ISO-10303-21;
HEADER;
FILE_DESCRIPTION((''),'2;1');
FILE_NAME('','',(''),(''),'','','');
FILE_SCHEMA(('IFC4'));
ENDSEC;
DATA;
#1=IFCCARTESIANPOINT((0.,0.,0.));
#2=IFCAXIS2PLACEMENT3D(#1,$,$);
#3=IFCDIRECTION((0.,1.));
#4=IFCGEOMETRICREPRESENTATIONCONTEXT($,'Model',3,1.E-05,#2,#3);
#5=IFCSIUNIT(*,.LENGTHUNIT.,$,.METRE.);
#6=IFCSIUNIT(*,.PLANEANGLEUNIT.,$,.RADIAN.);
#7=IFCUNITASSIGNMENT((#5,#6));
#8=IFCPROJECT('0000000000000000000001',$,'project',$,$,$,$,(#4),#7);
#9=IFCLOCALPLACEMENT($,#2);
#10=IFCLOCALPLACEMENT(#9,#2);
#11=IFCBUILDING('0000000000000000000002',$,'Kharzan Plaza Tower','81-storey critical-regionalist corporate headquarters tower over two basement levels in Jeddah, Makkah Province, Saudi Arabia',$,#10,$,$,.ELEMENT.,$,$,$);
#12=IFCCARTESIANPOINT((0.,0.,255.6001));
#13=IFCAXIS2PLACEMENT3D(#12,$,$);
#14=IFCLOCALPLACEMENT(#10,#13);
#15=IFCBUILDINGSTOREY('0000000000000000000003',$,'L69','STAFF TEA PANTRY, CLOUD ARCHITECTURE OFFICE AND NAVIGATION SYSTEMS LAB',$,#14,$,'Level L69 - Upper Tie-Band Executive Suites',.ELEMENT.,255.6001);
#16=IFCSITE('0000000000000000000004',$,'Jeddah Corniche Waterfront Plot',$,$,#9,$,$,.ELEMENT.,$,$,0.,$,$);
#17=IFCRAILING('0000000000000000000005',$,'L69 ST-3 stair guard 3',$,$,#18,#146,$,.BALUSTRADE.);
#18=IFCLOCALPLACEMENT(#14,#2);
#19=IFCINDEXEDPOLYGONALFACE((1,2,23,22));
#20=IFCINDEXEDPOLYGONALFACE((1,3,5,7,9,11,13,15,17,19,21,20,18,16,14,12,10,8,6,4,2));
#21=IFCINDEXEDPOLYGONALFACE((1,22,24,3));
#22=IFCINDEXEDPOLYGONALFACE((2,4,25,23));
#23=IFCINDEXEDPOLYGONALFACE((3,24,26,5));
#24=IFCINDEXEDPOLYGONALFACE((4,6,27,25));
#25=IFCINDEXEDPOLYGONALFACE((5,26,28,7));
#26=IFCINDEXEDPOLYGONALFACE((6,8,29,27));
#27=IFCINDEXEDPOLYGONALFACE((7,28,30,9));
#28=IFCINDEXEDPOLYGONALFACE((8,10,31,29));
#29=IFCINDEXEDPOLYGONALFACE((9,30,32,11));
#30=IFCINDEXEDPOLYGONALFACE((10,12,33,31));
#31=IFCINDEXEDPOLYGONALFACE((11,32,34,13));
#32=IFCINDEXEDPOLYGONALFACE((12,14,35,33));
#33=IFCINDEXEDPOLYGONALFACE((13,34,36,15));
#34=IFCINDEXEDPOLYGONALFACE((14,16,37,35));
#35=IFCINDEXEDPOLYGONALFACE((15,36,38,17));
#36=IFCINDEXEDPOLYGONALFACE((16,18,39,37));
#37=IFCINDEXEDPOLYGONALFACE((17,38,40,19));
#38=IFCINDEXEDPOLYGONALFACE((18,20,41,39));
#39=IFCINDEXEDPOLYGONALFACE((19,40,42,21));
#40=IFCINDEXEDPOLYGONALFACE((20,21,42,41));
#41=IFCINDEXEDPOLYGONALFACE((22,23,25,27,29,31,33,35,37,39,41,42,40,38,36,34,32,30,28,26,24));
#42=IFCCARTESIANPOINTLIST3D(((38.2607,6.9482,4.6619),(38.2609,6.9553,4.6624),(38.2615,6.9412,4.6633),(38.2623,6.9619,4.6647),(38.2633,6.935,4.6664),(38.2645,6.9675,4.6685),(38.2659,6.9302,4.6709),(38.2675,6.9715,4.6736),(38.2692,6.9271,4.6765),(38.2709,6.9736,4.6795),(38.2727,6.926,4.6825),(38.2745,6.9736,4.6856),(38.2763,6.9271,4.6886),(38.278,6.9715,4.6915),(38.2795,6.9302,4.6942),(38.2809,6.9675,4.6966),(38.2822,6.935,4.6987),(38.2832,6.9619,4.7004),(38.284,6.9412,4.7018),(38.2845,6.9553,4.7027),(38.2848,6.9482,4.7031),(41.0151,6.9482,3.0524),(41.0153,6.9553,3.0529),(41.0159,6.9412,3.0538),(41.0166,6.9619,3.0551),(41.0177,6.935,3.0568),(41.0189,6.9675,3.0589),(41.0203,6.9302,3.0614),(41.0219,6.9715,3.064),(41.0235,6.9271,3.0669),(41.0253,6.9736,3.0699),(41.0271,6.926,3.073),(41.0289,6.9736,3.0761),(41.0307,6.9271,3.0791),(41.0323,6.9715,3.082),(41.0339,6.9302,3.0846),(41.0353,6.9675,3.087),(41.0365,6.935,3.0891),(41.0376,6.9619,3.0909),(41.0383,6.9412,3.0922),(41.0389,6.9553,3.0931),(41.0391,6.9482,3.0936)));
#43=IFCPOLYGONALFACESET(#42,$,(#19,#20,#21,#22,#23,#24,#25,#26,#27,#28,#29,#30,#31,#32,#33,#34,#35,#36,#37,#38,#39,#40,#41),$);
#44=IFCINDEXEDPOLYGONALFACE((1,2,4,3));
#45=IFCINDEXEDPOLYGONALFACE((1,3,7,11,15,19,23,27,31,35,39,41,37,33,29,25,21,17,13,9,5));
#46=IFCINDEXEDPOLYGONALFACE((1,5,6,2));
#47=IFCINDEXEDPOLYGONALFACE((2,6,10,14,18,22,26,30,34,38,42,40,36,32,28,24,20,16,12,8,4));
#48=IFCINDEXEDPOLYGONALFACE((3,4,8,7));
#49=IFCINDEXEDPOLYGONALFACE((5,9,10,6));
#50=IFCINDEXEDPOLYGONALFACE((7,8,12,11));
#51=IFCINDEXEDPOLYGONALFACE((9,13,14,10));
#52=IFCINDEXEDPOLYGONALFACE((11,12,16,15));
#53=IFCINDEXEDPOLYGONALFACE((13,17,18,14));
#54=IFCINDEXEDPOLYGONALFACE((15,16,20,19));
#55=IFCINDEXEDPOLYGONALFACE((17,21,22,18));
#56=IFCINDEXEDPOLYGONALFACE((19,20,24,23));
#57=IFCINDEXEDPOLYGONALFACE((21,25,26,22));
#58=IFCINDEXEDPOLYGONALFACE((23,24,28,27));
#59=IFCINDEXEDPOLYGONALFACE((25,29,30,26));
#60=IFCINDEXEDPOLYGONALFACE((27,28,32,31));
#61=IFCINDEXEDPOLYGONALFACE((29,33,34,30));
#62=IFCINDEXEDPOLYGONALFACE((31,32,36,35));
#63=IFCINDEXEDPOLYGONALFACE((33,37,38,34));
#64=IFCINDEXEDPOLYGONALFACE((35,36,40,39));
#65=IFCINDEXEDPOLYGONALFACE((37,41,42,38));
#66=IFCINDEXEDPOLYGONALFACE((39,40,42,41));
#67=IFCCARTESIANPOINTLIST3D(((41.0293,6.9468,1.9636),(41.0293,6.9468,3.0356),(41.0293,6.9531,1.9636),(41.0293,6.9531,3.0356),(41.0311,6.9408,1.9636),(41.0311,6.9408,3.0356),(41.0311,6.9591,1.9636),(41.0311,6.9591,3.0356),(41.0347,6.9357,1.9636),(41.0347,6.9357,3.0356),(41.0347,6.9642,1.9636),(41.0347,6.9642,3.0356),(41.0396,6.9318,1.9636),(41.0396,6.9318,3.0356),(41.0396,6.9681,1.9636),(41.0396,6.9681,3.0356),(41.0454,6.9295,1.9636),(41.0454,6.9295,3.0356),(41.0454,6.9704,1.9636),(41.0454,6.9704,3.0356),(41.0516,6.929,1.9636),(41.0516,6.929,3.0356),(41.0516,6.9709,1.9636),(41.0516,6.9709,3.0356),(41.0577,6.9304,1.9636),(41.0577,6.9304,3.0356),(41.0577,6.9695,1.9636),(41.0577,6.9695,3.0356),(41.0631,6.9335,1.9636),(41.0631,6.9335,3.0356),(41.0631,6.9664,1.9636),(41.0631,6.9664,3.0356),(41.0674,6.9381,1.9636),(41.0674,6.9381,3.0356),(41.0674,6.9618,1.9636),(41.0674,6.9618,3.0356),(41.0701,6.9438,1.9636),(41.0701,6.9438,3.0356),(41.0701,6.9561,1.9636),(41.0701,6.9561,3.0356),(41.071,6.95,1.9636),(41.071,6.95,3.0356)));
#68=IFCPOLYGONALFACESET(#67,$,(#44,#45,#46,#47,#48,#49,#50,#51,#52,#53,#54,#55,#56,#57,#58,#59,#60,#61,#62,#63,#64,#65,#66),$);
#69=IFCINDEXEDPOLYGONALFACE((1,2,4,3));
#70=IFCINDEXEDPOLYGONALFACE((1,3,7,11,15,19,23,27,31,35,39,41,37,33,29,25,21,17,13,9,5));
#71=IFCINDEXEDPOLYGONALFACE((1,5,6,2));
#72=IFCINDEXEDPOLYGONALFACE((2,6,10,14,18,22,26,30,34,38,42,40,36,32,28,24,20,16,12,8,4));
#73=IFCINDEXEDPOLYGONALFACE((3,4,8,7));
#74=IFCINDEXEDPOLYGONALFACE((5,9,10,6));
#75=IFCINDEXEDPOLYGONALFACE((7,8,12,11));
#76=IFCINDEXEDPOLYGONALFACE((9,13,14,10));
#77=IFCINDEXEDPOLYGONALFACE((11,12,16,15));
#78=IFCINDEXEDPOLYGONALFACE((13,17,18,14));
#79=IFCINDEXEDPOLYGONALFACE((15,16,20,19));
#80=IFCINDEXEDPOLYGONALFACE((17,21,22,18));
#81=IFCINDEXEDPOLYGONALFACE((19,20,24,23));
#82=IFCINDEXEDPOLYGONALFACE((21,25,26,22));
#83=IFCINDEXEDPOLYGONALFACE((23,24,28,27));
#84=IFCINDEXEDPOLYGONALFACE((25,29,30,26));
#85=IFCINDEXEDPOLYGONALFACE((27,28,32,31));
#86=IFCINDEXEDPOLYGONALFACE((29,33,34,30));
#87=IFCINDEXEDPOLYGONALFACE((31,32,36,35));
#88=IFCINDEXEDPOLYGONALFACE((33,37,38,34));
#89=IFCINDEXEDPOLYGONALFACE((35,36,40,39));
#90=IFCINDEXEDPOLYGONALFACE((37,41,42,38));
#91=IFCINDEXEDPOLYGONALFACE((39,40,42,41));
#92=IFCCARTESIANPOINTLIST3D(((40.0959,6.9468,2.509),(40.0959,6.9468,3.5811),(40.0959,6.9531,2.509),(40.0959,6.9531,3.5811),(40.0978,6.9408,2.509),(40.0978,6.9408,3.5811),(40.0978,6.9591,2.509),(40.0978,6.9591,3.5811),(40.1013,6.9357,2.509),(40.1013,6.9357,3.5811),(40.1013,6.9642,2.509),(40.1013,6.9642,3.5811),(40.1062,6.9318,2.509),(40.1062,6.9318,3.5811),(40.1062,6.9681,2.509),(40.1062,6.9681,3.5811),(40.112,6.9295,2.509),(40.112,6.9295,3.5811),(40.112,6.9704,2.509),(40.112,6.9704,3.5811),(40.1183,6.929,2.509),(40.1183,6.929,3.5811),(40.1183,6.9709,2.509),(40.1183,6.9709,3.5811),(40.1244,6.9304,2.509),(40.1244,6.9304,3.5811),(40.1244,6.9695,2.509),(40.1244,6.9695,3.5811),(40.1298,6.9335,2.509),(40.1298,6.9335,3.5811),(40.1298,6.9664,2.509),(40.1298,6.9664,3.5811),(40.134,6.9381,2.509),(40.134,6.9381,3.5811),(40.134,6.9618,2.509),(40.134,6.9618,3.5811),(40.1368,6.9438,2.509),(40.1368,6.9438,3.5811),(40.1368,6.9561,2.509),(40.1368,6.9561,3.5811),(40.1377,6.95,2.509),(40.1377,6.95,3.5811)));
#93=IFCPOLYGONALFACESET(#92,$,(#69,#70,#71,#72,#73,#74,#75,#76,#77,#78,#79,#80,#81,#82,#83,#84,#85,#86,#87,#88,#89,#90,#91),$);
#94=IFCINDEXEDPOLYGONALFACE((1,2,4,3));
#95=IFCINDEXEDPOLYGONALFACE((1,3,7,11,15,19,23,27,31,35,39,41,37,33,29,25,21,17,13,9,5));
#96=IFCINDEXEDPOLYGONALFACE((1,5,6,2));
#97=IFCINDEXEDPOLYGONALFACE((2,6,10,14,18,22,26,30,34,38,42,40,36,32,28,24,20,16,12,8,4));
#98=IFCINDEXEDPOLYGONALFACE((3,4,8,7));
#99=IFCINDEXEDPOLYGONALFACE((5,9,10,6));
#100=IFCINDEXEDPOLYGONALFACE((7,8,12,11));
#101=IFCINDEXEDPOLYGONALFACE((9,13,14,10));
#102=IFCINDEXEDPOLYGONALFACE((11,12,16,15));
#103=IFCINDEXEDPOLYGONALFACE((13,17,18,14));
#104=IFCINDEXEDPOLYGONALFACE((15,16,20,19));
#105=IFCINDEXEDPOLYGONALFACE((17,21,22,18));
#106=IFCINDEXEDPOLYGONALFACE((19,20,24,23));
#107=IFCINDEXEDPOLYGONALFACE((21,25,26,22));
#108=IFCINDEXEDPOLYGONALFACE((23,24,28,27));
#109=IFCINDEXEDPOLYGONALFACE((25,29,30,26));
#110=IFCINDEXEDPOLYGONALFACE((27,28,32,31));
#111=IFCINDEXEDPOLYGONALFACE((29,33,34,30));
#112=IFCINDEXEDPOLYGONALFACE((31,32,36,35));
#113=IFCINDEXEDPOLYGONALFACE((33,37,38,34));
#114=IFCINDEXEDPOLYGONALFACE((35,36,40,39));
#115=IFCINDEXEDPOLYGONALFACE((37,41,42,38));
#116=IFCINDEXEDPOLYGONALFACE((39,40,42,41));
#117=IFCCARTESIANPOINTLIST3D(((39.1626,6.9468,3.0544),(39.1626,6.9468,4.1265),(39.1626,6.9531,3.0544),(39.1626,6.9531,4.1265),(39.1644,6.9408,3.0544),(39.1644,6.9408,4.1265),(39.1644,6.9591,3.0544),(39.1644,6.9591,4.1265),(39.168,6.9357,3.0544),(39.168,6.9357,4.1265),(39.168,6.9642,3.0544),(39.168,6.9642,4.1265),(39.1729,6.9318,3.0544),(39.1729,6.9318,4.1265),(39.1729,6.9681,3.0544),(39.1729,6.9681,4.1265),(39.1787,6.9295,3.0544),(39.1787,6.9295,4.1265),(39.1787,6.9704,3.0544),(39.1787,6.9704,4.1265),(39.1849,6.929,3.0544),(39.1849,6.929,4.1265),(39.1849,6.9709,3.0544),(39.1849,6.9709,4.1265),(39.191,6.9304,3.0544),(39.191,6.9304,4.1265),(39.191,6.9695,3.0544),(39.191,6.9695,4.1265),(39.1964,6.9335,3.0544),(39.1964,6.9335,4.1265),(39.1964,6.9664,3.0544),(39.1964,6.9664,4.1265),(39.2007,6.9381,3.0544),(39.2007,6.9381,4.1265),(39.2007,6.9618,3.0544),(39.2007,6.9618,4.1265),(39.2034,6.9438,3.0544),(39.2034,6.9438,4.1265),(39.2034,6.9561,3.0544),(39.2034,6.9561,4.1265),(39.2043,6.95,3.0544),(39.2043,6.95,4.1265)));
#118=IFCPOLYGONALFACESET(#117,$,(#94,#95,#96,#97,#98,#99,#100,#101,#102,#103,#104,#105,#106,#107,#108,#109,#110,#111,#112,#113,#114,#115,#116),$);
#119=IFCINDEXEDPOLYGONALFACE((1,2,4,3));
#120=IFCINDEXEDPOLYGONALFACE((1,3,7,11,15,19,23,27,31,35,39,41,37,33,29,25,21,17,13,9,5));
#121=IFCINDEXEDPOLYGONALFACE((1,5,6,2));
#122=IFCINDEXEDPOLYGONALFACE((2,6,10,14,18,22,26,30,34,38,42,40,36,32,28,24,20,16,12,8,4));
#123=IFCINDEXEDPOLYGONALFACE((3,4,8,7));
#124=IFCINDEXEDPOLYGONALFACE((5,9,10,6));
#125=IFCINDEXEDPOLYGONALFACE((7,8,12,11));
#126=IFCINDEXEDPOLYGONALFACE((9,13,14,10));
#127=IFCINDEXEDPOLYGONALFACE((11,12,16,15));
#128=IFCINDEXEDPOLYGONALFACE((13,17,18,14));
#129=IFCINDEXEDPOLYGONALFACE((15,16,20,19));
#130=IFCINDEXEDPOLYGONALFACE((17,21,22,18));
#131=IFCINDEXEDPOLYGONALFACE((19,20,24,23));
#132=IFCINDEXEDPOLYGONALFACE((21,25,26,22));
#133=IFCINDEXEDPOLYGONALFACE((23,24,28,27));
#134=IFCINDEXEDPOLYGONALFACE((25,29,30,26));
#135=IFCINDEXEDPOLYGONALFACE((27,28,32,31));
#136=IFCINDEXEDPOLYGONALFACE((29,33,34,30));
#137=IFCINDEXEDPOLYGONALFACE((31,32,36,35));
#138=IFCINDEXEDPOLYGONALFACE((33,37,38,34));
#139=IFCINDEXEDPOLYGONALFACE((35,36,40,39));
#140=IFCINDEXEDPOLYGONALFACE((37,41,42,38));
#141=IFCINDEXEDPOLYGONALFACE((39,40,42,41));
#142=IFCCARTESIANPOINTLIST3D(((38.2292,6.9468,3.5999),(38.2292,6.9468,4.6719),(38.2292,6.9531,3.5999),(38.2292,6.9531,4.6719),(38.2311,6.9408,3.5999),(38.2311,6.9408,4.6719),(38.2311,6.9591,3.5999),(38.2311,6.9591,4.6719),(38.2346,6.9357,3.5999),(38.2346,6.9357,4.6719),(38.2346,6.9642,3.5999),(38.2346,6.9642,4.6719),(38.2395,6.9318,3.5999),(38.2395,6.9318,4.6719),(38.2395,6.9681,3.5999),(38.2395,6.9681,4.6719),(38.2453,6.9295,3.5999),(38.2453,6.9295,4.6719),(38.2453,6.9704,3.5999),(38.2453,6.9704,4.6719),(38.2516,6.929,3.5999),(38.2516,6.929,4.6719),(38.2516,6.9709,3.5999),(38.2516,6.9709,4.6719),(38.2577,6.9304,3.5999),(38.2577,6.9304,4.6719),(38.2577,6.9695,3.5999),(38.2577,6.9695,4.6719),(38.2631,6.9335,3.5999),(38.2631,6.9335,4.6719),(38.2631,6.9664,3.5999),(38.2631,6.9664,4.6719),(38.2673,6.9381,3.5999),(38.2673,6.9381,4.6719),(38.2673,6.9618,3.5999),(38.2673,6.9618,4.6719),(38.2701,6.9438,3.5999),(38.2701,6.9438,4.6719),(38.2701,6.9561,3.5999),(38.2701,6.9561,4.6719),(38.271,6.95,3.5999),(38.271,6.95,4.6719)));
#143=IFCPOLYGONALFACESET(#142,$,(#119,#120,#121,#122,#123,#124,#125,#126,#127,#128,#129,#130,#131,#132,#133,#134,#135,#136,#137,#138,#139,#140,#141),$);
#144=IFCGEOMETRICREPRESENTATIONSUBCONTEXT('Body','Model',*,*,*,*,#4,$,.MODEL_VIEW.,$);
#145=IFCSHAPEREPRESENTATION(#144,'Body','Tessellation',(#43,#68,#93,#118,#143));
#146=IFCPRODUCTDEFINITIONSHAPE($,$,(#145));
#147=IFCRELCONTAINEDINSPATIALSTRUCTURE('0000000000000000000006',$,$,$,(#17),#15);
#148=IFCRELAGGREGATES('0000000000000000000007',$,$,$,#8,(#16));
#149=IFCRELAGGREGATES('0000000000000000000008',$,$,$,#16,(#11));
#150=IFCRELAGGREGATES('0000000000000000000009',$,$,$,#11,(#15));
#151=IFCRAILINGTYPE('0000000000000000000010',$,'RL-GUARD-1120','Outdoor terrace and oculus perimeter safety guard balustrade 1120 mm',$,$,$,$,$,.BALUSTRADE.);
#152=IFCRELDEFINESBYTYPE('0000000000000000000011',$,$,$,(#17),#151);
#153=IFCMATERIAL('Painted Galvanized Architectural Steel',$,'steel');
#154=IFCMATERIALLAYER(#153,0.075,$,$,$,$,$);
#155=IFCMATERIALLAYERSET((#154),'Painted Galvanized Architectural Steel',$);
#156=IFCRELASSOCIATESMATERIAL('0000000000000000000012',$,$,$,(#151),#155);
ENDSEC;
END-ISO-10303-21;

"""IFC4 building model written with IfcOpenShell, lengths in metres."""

from ifc_helpers import new_model, si_unit, direction, frame, origin, origin_2d, place, context, subcontext, project, spatial, circle, extrude, source, transform, mapped, material, layer, layer_set, type_object, element, save


model = new_model("IFC4")

# Units and contexts
model_context = context("Model", 3, precision=1e-05, world=origin(), true_north=direction((0.0, 1.0)))
body_context = subcontext(model_context, "Body", "Model", "MODEL_VIEW")
ifc_project = project(units=[si_unit("LENGTHUNIT", "METRE"), si_unit("PLANEANGLEUNIT", "RADIAN")], contexts=[model_context])

# Site, building, storey
site_placement = place(None, origin())
site = spatial("IfcSite", under=ifc_project, at=site_placement, Name="Jeddah Corniche Waterfront Plot", CompositionType="ELEMENT", RefElevation=0.0)
building_placement = place(site_placement, origin())
building = spatial("IfcBuilding", under=site, at=building_placement, Name="Kharzan Plaza Tower", Description="81-storey critical-regionalist corporate headquarters tower over two basement levels in Jeddah, Makkah Province, Saudi Arabia", CompositionType="ELEMENT")
storey_placement = place(building_placement, frame((0.0, 0.0, 255.6001)))
storey = spatial("IfcBuildingStorey", under=building, at=storey_placement, Name="L69", Description="STAFF TEA PANTRY, CLOUD ARCHITECTURE OFFICE AND NAVIGATION SYSTEMS LAB", LongName="Level L69 - Upper Tie-Band Executive Suites", CompositionType="ELEMENT", Elevation=255.6001)

# Railing
ifc_material_1 = material(Name="Painted Galvanized Architectural Steel", Category="steel")
ifc_layer_1 = layer(ifc_material_1, 0.075)
ifc_layer_set_1 = layer_set([ifc_layer_1], Name="Painted Galvanized Architectural Steel")
railing_type_1 = type_object("IfcRailingType", Name="RL-GUARD-1120", Description="Outdoor terrace and oculus perimeter safety guard balustrade 1120 mm", PredefinedType="BALUSTRADE", material=ifc_layer_set_1)
shared_shape_1 = source(origin(), body_context, "Body", "SweptSolid", [
    extrude(circle(Radius=0.0239, at=origin_2d()), frame((-0.0229, 0.0, 1.1094), z_axis=(-0.863394, 0.0, 0.504531), x_axis=(0.0, -1.0, 0.0)), (0.0, 0.0, 1.0), 3.1902),
    extrude(circle(Radius=0.021, at=origin_2d()), origin(), (0.0, 0.0, 1.0), 1.072),
    extrude(circle(Radius=0.021, at=origin_2d()), frame((-0.9333, 0.0, 0.5454)), (0.0, 0.0, 1.0), 1.072),
    extrude(circle(Radius=0.021, at=origin_2d()), frame((-1.8667, 0.0, 1.0908)), (0.0, 0.0, 1.0), 1.072),
    extrude(circle(Radius=0.021, at=origin_2d()), frame((-2.8, 0.0, 1.6362)), (0.0, 0.0, 1.0), 1.072),
])
railing_1_placement = place(storey_placement, frame((41.05, 6.95, 1.9636)))
element("IfcRailing", 1, at=railing_1_placement, inside=storey, type_object=railing_type_1, Name="L69 ST-3 stair guard 3", PredefinedType="BALUSTRADE", context=body_context, shape_type="MappedRepresentation", body=[
    mapped(shared_shape_1, transform((0.0, 0.0, 0.0), x_axis=(1.0, 0.0, 0.0), y_axis=(0.0, 1.0, 0.0), z_axis=(0.0, 0.0, 1.0))),
])

save(model, "model.ifc")
